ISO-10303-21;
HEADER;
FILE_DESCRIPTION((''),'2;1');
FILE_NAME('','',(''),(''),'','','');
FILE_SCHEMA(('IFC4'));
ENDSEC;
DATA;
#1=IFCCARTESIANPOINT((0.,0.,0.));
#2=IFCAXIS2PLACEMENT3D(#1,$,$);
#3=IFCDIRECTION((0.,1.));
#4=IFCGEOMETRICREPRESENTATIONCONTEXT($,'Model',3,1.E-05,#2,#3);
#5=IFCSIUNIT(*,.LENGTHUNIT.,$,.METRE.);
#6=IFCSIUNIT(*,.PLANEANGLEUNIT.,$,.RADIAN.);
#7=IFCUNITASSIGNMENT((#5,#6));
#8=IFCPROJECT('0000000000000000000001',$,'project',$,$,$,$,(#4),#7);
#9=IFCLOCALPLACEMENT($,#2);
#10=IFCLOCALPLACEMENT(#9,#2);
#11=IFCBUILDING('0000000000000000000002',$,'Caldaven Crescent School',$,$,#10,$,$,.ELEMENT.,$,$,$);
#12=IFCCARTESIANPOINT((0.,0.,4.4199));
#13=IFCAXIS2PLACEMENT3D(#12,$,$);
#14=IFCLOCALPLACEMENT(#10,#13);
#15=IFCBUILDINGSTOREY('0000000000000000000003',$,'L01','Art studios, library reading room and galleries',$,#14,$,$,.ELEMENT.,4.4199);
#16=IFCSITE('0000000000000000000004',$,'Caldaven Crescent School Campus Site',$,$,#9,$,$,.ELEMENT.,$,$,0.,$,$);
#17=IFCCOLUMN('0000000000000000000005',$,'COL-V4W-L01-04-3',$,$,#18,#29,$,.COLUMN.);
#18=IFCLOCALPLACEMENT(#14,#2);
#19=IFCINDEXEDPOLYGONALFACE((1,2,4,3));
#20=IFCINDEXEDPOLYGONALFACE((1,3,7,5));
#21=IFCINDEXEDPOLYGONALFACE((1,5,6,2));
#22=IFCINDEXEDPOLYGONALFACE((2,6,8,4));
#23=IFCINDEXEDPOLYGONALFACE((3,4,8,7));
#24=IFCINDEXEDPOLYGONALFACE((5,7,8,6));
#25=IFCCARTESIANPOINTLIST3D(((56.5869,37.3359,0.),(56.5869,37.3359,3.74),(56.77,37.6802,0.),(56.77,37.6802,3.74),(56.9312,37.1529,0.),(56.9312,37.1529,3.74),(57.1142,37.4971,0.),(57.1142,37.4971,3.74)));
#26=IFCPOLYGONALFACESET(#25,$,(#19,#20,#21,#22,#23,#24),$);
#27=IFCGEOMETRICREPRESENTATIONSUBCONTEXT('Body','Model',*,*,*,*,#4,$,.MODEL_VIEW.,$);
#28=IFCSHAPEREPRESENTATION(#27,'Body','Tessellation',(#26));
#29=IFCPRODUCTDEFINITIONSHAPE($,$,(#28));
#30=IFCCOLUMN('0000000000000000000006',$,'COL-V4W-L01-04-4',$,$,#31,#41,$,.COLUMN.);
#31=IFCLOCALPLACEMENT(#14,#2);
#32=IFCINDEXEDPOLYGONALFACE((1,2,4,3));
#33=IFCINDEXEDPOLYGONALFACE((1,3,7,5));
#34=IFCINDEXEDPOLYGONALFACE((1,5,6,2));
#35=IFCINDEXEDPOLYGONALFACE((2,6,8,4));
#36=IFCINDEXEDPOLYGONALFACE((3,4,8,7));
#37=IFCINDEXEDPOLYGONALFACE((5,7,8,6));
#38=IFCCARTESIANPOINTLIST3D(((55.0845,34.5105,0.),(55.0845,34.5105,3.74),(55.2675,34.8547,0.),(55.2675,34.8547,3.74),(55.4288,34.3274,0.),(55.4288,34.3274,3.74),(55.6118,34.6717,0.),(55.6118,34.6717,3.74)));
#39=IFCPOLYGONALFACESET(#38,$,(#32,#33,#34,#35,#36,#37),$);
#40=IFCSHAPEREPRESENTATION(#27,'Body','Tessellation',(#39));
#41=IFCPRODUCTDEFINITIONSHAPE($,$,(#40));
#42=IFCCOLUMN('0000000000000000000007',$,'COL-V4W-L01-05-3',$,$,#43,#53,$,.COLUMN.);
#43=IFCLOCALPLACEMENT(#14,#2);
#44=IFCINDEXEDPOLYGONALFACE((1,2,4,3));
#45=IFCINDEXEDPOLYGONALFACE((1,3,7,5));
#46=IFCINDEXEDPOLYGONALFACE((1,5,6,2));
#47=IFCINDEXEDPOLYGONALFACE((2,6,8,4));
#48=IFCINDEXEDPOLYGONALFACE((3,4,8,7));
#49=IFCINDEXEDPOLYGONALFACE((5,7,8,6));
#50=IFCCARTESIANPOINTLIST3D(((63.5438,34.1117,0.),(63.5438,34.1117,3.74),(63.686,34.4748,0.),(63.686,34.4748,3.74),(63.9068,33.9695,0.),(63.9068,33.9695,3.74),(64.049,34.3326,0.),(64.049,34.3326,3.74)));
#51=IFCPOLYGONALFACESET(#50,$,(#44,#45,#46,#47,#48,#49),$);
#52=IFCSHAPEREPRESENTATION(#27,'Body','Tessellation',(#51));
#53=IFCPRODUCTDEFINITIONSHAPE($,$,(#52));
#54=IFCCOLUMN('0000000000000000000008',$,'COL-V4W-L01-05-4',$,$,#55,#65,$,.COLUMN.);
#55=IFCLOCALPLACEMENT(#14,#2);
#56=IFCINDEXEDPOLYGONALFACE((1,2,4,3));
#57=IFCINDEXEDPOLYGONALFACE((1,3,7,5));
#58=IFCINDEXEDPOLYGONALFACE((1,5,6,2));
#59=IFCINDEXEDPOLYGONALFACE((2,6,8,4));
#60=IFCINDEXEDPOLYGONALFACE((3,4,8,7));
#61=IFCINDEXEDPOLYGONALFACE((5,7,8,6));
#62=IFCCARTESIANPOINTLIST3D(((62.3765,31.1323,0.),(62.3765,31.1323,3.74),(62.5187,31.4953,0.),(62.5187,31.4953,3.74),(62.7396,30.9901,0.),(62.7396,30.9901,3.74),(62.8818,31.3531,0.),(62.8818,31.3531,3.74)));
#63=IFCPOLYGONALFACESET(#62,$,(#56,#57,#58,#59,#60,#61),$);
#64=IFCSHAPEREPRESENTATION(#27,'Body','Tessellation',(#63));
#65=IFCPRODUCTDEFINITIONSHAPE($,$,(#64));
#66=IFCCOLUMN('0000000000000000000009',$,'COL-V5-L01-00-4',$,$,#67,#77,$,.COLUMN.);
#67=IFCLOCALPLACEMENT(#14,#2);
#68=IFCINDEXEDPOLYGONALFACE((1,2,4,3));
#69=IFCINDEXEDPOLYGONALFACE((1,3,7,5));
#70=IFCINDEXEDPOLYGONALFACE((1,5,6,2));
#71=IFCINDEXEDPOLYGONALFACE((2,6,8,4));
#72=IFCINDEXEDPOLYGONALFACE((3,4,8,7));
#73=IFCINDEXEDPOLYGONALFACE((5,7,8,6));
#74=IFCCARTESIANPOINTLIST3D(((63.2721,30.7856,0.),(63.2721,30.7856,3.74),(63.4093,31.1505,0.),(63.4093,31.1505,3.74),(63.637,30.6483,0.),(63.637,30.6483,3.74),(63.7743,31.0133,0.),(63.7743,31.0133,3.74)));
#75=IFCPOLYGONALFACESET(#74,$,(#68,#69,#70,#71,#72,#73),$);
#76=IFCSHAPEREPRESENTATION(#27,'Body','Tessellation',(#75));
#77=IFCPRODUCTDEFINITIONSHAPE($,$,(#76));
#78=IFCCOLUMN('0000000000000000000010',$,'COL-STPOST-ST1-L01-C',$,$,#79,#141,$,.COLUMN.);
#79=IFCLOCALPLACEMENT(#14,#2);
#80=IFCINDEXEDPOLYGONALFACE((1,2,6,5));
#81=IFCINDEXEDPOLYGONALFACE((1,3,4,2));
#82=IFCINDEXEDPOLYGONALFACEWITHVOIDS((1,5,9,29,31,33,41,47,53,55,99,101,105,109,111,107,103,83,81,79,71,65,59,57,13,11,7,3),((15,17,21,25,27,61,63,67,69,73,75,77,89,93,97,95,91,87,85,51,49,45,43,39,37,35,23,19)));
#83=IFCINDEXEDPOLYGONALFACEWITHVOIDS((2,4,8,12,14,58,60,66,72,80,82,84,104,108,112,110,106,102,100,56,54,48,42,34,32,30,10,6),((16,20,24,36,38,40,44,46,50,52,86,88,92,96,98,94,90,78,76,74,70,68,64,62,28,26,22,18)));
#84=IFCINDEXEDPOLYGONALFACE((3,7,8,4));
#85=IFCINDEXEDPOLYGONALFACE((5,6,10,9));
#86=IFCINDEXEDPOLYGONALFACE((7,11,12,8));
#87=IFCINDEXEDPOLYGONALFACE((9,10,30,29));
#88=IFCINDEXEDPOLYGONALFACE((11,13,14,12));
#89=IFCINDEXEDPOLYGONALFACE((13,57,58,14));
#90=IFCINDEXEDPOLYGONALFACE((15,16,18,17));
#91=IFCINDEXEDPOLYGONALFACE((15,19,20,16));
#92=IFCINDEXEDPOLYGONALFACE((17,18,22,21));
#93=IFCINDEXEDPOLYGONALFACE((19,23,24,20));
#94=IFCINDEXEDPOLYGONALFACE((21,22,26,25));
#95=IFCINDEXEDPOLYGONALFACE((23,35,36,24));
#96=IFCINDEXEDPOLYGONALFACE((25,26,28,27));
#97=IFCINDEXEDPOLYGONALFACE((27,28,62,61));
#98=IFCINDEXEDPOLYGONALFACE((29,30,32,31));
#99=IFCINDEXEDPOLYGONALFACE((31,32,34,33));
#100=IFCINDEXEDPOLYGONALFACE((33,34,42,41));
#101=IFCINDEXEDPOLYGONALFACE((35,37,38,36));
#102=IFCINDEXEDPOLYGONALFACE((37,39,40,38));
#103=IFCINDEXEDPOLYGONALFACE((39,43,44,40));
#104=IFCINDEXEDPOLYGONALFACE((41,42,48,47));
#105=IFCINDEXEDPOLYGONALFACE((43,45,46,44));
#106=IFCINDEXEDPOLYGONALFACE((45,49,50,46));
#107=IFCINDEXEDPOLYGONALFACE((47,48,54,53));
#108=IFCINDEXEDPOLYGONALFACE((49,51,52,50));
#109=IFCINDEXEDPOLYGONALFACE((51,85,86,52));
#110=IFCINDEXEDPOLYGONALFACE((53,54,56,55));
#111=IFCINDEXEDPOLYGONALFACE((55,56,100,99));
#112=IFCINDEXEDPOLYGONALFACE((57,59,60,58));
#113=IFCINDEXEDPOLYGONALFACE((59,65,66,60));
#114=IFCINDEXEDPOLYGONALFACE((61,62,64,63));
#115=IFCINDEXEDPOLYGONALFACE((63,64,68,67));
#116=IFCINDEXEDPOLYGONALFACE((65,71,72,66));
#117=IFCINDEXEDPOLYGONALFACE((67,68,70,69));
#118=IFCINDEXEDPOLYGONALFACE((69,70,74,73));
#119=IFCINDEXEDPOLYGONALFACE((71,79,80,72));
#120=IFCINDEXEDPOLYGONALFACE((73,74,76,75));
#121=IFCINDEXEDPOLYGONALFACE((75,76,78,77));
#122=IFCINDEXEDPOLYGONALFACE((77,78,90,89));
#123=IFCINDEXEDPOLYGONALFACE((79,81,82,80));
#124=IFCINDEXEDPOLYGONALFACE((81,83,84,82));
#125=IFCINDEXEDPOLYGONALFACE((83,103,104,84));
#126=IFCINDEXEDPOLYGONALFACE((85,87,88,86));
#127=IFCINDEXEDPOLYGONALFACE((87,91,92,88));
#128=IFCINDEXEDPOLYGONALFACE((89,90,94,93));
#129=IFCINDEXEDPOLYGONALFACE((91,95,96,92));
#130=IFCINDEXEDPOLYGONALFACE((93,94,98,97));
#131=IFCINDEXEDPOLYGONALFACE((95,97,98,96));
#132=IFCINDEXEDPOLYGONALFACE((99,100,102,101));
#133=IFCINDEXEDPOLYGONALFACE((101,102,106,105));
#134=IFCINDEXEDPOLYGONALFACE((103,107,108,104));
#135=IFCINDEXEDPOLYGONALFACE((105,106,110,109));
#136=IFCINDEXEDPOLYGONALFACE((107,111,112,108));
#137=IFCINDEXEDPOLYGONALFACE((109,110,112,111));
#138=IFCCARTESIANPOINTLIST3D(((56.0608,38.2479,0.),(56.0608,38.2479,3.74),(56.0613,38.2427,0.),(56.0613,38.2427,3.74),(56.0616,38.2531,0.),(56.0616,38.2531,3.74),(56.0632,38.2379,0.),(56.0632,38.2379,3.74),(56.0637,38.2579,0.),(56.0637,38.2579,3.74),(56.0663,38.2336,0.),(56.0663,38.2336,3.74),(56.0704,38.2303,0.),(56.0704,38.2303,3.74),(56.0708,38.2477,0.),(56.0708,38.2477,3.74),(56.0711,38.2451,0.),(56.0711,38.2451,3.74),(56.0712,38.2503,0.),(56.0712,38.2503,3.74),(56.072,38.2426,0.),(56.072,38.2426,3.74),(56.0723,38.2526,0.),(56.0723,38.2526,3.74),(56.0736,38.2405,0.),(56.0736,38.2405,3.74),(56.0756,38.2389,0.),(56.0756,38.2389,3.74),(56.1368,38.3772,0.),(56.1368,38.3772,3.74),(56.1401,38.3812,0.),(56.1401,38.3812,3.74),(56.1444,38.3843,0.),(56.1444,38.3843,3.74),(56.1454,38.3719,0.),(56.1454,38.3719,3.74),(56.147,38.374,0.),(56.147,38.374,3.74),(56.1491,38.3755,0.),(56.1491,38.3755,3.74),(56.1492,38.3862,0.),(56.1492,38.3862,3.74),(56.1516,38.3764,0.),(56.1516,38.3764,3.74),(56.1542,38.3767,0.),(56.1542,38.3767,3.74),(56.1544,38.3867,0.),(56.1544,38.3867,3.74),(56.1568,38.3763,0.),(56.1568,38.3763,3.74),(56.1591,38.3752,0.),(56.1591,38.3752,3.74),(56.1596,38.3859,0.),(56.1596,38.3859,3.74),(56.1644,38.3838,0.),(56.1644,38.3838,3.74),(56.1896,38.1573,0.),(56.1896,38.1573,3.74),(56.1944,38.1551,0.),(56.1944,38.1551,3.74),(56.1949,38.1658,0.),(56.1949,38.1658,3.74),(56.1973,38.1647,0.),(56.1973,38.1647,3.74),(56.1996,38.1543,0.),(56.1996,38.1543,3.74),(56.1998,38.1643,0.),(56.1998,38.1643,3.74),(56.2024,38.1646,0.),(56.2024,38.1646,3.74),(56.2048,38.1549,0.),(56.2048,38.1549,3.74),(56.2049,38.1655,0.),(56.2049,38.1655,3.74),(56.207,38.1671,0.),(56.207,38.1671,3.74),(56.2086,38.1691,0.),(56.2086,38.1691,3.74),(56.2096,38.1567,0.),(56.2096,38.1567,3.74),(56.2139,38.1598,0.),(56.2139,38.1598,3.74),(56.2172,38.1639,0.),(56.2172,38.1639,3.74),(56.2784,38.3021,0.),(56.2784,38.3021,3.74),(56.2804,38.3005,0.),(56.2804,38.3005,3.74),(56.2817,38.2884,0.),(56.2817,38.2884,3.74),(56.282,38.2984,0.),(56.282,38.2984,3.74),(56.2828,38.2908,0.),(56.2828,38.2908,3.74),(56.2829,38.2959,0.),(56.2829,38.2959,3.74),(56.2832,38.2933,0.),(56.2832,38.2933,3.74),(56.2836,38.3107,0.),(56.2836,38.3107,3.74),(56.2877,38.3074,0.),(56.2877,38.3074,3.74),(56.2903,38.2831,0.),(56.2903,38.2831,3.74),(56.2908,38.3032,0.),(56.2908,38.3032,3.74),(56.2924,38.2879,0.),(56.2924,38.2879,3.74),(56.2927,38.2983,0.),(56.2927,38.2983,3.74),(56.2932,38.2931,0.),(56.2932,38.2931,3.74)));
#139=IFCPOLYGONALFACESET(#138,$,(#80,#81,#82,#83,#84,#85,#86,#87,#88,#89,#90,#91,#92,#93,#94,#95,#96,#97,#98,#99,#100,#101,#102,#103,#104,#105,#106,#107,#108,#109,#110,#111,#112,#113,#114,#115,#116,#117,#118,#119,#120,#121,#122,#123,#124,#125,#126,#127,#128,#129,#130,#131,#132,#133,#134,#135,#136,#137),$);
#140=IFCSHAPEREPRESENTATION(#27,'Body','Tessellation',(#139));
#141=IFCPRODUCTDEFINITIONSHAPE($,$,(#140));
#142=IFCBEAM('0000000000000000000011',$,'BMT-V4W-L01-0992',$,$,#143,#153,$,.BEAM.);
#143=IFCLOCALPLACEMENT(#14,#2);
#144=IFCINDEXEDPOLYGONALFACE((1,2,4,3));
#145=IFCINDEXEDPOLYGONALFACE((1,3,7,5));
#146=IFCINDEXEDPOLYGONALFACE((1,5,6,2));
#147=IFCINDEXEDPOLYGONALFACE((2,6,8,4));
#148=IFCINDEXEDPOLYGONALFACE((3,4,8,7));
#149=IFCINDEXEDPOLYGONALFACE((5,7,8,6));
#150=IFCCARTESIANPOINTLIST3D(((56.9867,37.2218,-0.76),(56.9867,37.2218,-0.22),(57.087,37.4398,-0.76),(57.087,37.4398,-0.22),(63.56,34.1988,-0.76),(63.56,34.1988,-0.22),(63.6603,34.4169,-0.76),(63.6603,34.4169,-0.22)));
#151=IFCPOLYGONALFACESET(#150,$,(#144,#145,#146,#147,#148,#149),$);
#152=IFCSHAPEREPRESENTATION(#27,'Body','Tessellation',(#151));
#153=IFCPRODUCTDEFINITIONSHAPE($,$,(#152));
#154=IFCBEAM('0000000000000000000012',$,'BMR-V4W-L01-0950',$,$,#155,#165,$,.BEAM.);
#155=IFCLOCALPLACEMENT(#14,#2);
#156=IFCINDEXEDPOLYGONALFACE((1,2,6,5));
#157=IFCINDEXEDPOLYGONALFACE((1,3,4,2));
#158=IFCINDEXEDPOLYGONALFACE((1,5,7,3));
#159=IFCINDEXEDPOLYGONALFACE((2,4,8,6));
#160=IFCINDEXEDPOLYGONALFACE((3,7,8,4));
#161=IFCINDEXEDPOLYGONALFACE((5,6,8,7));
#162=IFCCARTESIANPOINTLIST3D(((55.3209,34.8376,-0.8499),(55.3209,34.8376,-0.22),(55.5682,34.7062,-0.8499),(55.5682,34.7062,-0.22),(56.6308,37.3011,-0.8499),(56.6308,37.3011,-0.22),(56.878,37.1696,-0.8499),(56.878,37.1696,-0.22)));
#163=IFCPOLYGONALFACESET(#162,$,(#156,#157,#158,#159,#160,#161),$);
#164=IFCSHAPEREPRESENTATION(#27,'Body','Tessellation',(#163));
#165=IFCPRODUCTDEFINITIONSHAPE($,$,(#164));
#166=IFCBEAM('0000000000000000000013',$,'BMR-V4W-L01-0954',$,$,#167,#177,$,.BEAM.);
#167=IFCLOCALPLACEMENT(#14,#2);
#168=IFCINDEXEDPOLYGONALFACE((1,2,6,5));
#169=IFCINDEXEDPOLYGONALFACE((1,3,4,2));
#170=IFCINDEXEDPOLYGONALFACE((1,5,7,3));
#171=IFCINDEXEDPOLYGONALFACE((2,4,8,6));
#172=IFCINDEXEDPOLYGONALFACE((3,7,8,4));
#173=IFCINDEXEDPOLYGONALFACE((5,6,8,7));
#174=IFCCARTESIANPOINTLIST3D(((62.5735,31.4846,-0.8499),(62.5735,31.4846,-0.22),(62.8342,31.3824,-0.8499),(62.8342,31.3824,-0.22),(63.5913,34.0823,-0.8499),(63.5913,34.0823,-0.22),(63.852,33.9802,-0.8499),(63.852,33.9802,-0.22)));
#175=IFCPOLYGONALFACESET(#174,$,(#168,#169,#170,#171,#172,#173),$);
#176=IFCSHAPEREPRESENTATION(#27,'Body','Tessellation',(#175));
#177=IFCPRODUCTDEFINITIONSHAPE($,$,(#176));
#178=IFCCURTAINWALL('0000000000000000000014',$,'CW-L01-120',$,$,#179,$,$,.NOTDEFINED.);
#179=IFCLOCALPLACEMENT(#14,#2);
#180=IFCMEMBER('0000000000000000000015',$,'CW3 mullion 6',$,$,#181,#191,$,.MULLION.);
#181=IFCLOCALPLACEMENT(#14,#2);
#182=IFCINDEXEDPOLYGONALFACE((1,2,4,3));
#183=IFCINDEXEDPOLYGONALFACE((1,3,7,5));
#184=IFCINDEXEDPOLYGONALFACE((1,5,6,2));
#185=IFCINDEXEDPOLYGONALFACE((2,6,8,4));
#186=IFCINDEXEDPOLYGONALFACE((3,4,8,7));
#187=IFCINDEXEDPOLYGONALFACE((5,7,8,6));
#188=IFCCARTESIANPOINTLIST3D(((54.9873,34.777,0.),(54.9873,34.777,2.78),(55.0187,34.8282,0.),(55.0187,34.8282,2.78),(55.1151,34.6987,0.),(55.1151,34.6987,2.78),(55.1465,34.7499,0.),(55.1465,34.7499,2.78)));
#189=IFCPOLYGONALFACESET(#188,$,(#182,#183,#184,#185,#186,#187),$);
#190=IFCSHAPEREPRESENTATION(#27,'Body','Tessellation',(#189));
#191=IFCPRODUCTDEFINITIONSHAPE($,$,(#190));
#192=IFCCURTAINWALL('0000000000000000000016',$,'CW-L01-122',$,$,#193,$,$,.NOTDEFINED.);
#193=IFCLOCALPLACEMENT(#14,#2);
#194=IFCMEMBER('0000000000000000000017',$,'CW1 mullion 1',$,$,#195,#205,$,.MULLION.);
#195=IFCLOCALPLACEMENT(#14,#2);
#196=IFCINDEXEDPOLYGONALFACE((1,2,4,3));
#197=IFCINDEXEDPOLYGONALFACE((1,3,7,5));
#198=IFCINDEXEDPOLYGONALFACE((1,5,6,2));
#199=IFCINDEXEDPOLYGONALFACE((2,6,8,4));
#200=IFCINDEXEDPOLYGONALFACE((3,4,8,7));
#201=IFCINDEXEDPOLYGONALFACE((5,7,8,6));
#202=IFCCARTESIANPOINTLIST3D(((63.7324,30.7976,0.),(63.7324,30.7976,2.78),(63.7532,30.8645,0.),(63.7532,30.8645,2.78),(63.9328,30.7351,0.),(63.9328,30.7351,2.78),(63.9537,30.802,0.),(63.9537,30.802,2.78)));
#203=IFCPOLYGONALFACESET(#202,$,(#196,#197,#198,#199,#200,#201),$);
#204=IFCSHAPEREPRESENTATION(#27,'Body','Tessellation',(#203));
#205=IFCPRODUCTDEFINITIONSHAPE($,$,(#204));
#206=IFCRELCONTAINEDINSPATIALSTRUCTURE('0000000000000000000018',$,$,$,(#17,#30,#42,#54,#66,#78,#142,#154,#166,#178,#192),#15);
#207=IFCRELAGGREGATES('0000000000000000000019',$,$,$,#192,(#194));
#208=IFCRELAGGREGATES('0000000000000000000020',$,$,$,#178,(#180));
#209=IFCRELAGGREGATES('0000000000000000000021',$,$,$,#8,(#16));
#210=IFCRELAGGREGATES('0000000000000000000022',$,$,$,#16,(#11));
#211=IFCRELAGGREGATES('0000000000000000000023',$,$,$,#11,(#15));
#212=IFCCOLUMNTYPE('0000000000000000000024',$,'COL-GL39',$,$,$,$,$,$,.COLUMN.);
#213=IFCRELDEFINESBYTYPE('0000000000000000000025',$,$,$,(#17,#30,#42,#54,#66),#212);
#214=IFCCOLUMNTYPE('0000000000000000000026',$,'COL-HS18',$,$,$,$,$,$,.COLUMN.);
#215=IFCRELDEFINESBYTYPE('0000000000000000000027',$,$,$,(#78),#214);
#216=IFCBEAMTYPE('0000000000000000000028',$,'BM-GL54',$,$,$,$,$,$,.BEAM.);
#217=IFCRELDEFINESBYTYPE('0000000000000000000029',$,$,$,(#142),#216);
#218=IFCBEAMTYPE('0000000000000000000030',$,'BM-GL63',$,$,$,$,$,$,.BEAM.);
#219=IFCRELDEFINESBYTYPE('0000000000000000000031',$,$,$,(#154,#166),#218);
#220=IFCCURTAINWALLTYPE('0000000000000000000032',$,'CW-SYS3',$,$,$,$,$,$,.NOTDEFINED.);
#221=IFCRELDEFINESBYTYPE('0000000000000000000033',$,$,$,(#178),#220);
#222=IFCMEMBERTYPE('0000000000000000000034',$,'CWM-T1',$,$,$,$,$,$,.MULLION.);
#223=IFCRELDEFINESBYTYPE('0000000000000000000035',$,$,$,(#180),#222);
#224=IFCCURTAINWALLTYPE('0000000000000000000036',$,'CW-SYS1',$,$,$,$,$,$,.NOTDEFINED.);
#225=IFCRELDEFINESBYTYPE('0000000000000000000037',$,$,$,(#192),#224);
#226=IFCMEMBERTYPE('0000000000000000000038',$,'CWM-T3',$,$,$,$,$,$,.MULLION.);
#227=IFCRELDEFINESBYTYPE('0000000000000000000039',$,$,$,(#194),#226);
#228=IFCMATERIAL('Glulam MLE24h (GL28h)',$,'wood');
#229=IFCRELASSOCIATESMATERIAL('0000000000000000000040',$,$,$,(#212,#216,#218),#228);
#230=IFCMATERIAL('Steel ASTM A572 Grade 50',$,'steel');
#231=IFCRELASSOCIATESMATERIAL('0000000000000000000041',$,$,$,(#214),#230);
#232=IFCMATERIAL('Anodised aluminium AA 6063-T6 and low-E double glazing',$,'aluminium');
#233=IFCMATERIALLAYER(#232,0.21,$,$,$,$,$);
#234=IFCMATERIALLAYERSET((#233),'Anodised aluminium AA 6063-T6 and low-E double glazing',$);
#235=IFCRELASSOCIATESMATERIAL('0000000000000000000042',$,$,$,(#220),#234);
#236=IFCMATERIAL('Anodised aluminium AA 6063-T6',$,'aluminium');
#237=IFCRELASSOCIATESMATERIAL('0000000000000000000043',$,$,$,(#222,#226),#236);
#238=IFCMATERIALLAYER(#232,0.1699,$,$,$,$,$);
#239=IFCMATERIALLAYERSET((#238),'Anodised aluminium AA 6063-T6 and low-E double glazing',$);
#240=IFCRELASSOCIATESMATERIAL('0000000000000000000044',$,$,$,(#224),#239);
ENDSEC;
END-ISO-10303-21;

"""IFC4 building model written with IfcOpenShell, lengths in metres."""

from ifc_helpers import new_model, si_unit, direction, frame, origin, origin_2d, place, context, subcontext, project, spatial, rectangle, hollow_rectangle, extrude, material, layer, layer_set, material_profile, profile_set, type_object, element, aggregate, save


model = new_model("IFC4")

# Units and contexts
model_context = context("Model", 3, precision=1e-05, world=origin(), true_north=direction((0.0, 1.0)))
body_context = subcontext(model_context, "Body", "Model", "MODEL_VIEW")
ifc_project = project(units=[si_unit("LENGTHUNIT", "METRE"), si_unit("PLANEANGLEUNIT", "RADIAN")], contexts=[model_context])

# Site, building, storey
site_placement = place(None, origin())
site = spatial("IfcSite", under=ifc_project, at=site_placement, Name="Caldaven Crescent School Campus Site", CompositionType="ELEMENT", RefElevation=0.0)
building_placement = place(site_placement, origin())
building = spatial("IfcBuilding", under=site, at=building_placement, Name="Caldaven Crescent School", CompositionType="ELEMENT")
storey_placement = place(building_placement, frame((0.0, 0.0, 4.4199)))
storey = spatial("IfcBuildingStorey", under=building, at=storey_placement, Name="L01", Description="Art studios, library reading room and galleries", CompositionType="ELEMENT", Elevation=4.4199)

# Columns
ifc_material_1 = material(Name="Glulam MLE24h (GL28h)", Category="wood")
ifc_material_profile_1 = material_profile(ifc_material_1, rectangle(XDim=0.3899, YDim=0.3899, at=origin_2d()), Name="MLE 390x390")
ifc_profile_set_1 = profile_set([ifc_material_profile_1], Name="Glulam MLE24h (GL28h)")
column_type_1 = type_object("IfcColumnType", Name="COL-GL39", PredefinedType="COLUMN", material=ifc_profile_set_1)
for number, where, z_axis, x_axis, name in (
    (1, (56.8506, 37.4165, 0.0), (0.0, 0.0, 1.0), (-0.469472, -0.882948, 0.0), "COL-V4W-L01-04-3"),
    (2, (55.3481, 34.5911, 0.0), (0.0, 0.0, 1.0), (-0.469472, -0.882948, 0.0), "COL-V4W-L01-04-4"),
    (3, (63.7964, 34.2222, 0.0), (0.0, 0.0, 1.0), (-0.364714, -0.931119, 0.0), "COL-V4W-L01-05-3"),
    (4, (62.6292, 31.2427, 0.0), (0.0, 0.0, 1.0), (-0.364714, -0.931119, 0.0), "COL-V4W-L01-05-4"),
    (5, (63.5232, 30.8994, 0.0), (0.0, 0.0, 1.0), (-0.352005, -0.935998, 0.0), "COL-V5-L01-00-4"),
):
    element("IfcColumn", number, at=place(storey_placement, frame(where, z_axis=z_axis, x_axis=x_axis)), inside=storey, type_object=column_type_1, Name=name, PredefinedType="COLUMN", context=body_context, shape_type="SweptSolid", body=[
        extrude(rectangle(XDim=0.3899, YDim=0.3899, at=origin_2d()), origin(), (0.0, 0.0, 1.0), 3.74),
    ])
ifc_material_2 = material(Name="Steel ASTM A572 Grade 50", Category="steel")
ifc_material_profile_2 = material_profile(ifc_material_2, hollow_rectangle(XDim=0.1799, YDim=0.1799, WallThickness=0.01, InnerFilletRadius=0.01, OuterFilletRadius=0.02, at=origin_2d()), Name="HSS 180x180x10")
ifc_profile_set_2 = profile_set([ifc_material_profile_2], Name="Steel ASTM A572 Grade 50")
column_type_2 = type_object("IfcColumnType", Name="COL-HS18", PredefinedType="COLUMN", material=ifc_profile_set_2)
column_placement = place(storey_placement, frame((56.177, 38.2705, 0.0), z_axis=(0.0, 0.0, 1.0), x_axis=(0.85264, -0.522499, 0.0)))
element("IfcColumn", 6, at=column_placement, inside=storey, type_object=column_type_2, Name="COL-STPOST-ST1-L01-C", PredefinedType="COLUMN", context=body_context, shape_type="SweptSolid", body=[
    extrude(hollow_rectangle(XDim=0.1799, YDim=0.1799, WallThickness=0.01, InnerFilletRadius=0.01, OuterFilletRadius=0.02, at=origin_2d()), origin(), (0.0, 0.0, 1.0), 3.74),
])

# Beams
ifc_material_profile_3 = material_profile(ifc_material_1, rectangle(XDim=0.24, YDim=0.54, at=origin_2d()), Name="MLE 240x540")
ifc_profile_set_3 = profile_set([ifc_material_profile_3], Name="Glulam MLE24h (GL28h)")
beam_type_1 = type_object("IfcBeamType", Name="BM-GL54", PredefinedType="BEAM", material=ifc_profile_set_3)
beam_1_placement = place(storey_placement, frame((57.0369, 37.3308, -0.49), z_axis=(0.908529, -0.417821, 0.0), x_axis=(0.417821, 0.908529, 0.0)))
element("IfcBeam", 7, at=beam_1_placement, inside=storey, type_object=beam_type_1, Name="BMT-V4W-L01-0992", PredefinedType="BEAM", context=body_context, shape_type="SweptSolid", body=[
    extrude(rectangle(XDim=0.24, YDim=0.54, at=origin_2d()), origin(), (0.0, 0.0, 1.0), 7.2351),
])
ifc_material_profile_4 = material_profile(ifc_material_1, rectangle(XDim=0.28, YDim=0.6299, at=origin_2d()), Name="MLE 280x630")
ifc_profile_set_4 = profile_set([ifc_material_profile_4], Name="Glulam MLE24h (GL28h)")
beam_type_2 = type_object("IfcBeamType", Name="BM-GL63", PredefinedType="BEAM", material=ifc_profile_set_4)
for number, where, z_axis, x_axis, name in (
    (8, (56.7544, 37.2354, -0.5349), (-0.469475, -0.882946, 0.0), (0.882946, -0.469475, 0.0), "BMR-V4W-L01-0950"),
    (9, (63.7217, 34.0312, -0.5349), (-0.364818, -0.931079, 0.0), (0.931079, -0.364818, 0.0), "BMR-V4W-L01-0954"),
):
    element("IfcBeam", number, at=place(storey_placement, frame(where, z_axis=z_axis, x_axis=x_axis)), inside=storey, type_object=beam_type_2, Name=name, PredefinedType="BEAM", context=body_context, shape_type="SweptSolid", body=[
        extrude(rectangle(XDim=0.28, YDim=0.6299, at=origin_2d()), origin(), (0.0, 0.0, 1.0), 2.79),
    ])

# Curtain walls, members
ifc_material_3 = material(Name="Anodised aluminium AA 6063-T6 and low-E double glazing", Category="aluminium")
ifc_layer_1 = layer(ifc_material_3, 0.21)
ifc_layer_set_1 = layer_set([ifc_layer_1], Name="Anodised aluminium AA 6063-T6 and low-E double glazing")
curtain_wall_type_1 = type_object("IfcCurtainWallType", Name="CW-SYS3", PredefinedType="NOTDEFINED", material=ifc_layer_set_1)
curtain_wall_1_placement = place(storey_placement, origin())
curtain_wall_1 = element("IfcCurtainWall", 10, at=curtain_wall_1_placement, inside=storey, type_object=curtain_wall_type_1, Name="CW-L01-120", PredefinedType="NOTDEFINED")
ifc_material_4 = material(Name="Anodised aluminium AA 6063-T6", Category="aluminium")
ifc_material_profile_5 = material_profile(ifc_material_4, rectangle(XDim=0.0601, YDim=0.1499, at=origin_2d()), Name="CWM 60x150")
ifc_profile_set_5 = profile_set([ifc_material_profile_5], Name="Anodised aluminium AA 6063-T6")
member_type_1 = type_object("IfcMemberType", Name="CWM-T1", PredefinedType="MULLION", material=ifc_profile_set_5)
member_1_placement = place(storey_placement, frame((55.0669, 34.7634, 0.0), z_axis=(0.0, 0.0, 1.0), x_axis=(0.522499, 0.85264, 0.0)))
member_1 = element("IfcMember", 11, at=member_1_placement, type_object=member_type_1, Name="CW3 mullion 6", PredefinedType="MULLION", context=body_context, shape_type="SweptSolid", body=[
    extrude(rectangle(XDim=0.0601, YDim=0.1499, at=origin_2d()), origin(), (0.0, 0.0, 1.0), 2.78),
])
ifc_layer_2 = layer(ifc_material_3, 0.1699)
ifc_layer_set_2 = layer_set([ifc_layer_2], Name="Anodised aluminium AA 6063-T6 and low-E double glazing")
curtain_wall_type_2 = type_object("IfcCurtainWallType", Name="CW-SYS1", PredefinedType="NOTDEFINED", material=ifc_layer_set_2)
curtain_wall_2_placement = place(storey_placement, origin())
curtain_wall_2 = element("IfcCurtainWall", 12, at=curtain_wall_2_placement, inside=storey, type_object=curtain_wall_type_2, Name="CW-L01-122", PredefinedType="NOTDEFINED")
ifc_material_profile_6 = material_profile(ifc_material_4, rectangle(XDim=0.0701, YDim=0.21, at=origin_2d()), Name="CWM 70x210")
ifc_profile_set_6 = profile_set([ifc_material_profile_6], Name="Anodised aluminium AA 6063-T6")
member_type_2 = type_object("IfcMemberType", Name="CWM-T3", PredefinedType="MULLION", material=ifc_profile_set_6)
member_2_placement = place(storey_placement, frame((63.843, 30.7998, 0.0), z_axis=(0.0, 0.0, 1.0), x_axis=(0.29742, 0.954747, 0.0)))
member_2 = element("IfcMember", 13, at=member_2_placement, type_object=member_type_2, Name="CW1 mullion 1", PredefinedType="MULLION", context=body_context, shape_type="SweptSolid", body=[
    extrude(rectangle(XDim=0.0701, YDim=0.21, at=origin_2d()), origin(), (0.0, 0.0, 1.0), 2.78),
])
aggregate(curtain_wall_2, [member_2])

aggregate(curtain_wall_1, [member_1])

save(model, "model.ifc")
